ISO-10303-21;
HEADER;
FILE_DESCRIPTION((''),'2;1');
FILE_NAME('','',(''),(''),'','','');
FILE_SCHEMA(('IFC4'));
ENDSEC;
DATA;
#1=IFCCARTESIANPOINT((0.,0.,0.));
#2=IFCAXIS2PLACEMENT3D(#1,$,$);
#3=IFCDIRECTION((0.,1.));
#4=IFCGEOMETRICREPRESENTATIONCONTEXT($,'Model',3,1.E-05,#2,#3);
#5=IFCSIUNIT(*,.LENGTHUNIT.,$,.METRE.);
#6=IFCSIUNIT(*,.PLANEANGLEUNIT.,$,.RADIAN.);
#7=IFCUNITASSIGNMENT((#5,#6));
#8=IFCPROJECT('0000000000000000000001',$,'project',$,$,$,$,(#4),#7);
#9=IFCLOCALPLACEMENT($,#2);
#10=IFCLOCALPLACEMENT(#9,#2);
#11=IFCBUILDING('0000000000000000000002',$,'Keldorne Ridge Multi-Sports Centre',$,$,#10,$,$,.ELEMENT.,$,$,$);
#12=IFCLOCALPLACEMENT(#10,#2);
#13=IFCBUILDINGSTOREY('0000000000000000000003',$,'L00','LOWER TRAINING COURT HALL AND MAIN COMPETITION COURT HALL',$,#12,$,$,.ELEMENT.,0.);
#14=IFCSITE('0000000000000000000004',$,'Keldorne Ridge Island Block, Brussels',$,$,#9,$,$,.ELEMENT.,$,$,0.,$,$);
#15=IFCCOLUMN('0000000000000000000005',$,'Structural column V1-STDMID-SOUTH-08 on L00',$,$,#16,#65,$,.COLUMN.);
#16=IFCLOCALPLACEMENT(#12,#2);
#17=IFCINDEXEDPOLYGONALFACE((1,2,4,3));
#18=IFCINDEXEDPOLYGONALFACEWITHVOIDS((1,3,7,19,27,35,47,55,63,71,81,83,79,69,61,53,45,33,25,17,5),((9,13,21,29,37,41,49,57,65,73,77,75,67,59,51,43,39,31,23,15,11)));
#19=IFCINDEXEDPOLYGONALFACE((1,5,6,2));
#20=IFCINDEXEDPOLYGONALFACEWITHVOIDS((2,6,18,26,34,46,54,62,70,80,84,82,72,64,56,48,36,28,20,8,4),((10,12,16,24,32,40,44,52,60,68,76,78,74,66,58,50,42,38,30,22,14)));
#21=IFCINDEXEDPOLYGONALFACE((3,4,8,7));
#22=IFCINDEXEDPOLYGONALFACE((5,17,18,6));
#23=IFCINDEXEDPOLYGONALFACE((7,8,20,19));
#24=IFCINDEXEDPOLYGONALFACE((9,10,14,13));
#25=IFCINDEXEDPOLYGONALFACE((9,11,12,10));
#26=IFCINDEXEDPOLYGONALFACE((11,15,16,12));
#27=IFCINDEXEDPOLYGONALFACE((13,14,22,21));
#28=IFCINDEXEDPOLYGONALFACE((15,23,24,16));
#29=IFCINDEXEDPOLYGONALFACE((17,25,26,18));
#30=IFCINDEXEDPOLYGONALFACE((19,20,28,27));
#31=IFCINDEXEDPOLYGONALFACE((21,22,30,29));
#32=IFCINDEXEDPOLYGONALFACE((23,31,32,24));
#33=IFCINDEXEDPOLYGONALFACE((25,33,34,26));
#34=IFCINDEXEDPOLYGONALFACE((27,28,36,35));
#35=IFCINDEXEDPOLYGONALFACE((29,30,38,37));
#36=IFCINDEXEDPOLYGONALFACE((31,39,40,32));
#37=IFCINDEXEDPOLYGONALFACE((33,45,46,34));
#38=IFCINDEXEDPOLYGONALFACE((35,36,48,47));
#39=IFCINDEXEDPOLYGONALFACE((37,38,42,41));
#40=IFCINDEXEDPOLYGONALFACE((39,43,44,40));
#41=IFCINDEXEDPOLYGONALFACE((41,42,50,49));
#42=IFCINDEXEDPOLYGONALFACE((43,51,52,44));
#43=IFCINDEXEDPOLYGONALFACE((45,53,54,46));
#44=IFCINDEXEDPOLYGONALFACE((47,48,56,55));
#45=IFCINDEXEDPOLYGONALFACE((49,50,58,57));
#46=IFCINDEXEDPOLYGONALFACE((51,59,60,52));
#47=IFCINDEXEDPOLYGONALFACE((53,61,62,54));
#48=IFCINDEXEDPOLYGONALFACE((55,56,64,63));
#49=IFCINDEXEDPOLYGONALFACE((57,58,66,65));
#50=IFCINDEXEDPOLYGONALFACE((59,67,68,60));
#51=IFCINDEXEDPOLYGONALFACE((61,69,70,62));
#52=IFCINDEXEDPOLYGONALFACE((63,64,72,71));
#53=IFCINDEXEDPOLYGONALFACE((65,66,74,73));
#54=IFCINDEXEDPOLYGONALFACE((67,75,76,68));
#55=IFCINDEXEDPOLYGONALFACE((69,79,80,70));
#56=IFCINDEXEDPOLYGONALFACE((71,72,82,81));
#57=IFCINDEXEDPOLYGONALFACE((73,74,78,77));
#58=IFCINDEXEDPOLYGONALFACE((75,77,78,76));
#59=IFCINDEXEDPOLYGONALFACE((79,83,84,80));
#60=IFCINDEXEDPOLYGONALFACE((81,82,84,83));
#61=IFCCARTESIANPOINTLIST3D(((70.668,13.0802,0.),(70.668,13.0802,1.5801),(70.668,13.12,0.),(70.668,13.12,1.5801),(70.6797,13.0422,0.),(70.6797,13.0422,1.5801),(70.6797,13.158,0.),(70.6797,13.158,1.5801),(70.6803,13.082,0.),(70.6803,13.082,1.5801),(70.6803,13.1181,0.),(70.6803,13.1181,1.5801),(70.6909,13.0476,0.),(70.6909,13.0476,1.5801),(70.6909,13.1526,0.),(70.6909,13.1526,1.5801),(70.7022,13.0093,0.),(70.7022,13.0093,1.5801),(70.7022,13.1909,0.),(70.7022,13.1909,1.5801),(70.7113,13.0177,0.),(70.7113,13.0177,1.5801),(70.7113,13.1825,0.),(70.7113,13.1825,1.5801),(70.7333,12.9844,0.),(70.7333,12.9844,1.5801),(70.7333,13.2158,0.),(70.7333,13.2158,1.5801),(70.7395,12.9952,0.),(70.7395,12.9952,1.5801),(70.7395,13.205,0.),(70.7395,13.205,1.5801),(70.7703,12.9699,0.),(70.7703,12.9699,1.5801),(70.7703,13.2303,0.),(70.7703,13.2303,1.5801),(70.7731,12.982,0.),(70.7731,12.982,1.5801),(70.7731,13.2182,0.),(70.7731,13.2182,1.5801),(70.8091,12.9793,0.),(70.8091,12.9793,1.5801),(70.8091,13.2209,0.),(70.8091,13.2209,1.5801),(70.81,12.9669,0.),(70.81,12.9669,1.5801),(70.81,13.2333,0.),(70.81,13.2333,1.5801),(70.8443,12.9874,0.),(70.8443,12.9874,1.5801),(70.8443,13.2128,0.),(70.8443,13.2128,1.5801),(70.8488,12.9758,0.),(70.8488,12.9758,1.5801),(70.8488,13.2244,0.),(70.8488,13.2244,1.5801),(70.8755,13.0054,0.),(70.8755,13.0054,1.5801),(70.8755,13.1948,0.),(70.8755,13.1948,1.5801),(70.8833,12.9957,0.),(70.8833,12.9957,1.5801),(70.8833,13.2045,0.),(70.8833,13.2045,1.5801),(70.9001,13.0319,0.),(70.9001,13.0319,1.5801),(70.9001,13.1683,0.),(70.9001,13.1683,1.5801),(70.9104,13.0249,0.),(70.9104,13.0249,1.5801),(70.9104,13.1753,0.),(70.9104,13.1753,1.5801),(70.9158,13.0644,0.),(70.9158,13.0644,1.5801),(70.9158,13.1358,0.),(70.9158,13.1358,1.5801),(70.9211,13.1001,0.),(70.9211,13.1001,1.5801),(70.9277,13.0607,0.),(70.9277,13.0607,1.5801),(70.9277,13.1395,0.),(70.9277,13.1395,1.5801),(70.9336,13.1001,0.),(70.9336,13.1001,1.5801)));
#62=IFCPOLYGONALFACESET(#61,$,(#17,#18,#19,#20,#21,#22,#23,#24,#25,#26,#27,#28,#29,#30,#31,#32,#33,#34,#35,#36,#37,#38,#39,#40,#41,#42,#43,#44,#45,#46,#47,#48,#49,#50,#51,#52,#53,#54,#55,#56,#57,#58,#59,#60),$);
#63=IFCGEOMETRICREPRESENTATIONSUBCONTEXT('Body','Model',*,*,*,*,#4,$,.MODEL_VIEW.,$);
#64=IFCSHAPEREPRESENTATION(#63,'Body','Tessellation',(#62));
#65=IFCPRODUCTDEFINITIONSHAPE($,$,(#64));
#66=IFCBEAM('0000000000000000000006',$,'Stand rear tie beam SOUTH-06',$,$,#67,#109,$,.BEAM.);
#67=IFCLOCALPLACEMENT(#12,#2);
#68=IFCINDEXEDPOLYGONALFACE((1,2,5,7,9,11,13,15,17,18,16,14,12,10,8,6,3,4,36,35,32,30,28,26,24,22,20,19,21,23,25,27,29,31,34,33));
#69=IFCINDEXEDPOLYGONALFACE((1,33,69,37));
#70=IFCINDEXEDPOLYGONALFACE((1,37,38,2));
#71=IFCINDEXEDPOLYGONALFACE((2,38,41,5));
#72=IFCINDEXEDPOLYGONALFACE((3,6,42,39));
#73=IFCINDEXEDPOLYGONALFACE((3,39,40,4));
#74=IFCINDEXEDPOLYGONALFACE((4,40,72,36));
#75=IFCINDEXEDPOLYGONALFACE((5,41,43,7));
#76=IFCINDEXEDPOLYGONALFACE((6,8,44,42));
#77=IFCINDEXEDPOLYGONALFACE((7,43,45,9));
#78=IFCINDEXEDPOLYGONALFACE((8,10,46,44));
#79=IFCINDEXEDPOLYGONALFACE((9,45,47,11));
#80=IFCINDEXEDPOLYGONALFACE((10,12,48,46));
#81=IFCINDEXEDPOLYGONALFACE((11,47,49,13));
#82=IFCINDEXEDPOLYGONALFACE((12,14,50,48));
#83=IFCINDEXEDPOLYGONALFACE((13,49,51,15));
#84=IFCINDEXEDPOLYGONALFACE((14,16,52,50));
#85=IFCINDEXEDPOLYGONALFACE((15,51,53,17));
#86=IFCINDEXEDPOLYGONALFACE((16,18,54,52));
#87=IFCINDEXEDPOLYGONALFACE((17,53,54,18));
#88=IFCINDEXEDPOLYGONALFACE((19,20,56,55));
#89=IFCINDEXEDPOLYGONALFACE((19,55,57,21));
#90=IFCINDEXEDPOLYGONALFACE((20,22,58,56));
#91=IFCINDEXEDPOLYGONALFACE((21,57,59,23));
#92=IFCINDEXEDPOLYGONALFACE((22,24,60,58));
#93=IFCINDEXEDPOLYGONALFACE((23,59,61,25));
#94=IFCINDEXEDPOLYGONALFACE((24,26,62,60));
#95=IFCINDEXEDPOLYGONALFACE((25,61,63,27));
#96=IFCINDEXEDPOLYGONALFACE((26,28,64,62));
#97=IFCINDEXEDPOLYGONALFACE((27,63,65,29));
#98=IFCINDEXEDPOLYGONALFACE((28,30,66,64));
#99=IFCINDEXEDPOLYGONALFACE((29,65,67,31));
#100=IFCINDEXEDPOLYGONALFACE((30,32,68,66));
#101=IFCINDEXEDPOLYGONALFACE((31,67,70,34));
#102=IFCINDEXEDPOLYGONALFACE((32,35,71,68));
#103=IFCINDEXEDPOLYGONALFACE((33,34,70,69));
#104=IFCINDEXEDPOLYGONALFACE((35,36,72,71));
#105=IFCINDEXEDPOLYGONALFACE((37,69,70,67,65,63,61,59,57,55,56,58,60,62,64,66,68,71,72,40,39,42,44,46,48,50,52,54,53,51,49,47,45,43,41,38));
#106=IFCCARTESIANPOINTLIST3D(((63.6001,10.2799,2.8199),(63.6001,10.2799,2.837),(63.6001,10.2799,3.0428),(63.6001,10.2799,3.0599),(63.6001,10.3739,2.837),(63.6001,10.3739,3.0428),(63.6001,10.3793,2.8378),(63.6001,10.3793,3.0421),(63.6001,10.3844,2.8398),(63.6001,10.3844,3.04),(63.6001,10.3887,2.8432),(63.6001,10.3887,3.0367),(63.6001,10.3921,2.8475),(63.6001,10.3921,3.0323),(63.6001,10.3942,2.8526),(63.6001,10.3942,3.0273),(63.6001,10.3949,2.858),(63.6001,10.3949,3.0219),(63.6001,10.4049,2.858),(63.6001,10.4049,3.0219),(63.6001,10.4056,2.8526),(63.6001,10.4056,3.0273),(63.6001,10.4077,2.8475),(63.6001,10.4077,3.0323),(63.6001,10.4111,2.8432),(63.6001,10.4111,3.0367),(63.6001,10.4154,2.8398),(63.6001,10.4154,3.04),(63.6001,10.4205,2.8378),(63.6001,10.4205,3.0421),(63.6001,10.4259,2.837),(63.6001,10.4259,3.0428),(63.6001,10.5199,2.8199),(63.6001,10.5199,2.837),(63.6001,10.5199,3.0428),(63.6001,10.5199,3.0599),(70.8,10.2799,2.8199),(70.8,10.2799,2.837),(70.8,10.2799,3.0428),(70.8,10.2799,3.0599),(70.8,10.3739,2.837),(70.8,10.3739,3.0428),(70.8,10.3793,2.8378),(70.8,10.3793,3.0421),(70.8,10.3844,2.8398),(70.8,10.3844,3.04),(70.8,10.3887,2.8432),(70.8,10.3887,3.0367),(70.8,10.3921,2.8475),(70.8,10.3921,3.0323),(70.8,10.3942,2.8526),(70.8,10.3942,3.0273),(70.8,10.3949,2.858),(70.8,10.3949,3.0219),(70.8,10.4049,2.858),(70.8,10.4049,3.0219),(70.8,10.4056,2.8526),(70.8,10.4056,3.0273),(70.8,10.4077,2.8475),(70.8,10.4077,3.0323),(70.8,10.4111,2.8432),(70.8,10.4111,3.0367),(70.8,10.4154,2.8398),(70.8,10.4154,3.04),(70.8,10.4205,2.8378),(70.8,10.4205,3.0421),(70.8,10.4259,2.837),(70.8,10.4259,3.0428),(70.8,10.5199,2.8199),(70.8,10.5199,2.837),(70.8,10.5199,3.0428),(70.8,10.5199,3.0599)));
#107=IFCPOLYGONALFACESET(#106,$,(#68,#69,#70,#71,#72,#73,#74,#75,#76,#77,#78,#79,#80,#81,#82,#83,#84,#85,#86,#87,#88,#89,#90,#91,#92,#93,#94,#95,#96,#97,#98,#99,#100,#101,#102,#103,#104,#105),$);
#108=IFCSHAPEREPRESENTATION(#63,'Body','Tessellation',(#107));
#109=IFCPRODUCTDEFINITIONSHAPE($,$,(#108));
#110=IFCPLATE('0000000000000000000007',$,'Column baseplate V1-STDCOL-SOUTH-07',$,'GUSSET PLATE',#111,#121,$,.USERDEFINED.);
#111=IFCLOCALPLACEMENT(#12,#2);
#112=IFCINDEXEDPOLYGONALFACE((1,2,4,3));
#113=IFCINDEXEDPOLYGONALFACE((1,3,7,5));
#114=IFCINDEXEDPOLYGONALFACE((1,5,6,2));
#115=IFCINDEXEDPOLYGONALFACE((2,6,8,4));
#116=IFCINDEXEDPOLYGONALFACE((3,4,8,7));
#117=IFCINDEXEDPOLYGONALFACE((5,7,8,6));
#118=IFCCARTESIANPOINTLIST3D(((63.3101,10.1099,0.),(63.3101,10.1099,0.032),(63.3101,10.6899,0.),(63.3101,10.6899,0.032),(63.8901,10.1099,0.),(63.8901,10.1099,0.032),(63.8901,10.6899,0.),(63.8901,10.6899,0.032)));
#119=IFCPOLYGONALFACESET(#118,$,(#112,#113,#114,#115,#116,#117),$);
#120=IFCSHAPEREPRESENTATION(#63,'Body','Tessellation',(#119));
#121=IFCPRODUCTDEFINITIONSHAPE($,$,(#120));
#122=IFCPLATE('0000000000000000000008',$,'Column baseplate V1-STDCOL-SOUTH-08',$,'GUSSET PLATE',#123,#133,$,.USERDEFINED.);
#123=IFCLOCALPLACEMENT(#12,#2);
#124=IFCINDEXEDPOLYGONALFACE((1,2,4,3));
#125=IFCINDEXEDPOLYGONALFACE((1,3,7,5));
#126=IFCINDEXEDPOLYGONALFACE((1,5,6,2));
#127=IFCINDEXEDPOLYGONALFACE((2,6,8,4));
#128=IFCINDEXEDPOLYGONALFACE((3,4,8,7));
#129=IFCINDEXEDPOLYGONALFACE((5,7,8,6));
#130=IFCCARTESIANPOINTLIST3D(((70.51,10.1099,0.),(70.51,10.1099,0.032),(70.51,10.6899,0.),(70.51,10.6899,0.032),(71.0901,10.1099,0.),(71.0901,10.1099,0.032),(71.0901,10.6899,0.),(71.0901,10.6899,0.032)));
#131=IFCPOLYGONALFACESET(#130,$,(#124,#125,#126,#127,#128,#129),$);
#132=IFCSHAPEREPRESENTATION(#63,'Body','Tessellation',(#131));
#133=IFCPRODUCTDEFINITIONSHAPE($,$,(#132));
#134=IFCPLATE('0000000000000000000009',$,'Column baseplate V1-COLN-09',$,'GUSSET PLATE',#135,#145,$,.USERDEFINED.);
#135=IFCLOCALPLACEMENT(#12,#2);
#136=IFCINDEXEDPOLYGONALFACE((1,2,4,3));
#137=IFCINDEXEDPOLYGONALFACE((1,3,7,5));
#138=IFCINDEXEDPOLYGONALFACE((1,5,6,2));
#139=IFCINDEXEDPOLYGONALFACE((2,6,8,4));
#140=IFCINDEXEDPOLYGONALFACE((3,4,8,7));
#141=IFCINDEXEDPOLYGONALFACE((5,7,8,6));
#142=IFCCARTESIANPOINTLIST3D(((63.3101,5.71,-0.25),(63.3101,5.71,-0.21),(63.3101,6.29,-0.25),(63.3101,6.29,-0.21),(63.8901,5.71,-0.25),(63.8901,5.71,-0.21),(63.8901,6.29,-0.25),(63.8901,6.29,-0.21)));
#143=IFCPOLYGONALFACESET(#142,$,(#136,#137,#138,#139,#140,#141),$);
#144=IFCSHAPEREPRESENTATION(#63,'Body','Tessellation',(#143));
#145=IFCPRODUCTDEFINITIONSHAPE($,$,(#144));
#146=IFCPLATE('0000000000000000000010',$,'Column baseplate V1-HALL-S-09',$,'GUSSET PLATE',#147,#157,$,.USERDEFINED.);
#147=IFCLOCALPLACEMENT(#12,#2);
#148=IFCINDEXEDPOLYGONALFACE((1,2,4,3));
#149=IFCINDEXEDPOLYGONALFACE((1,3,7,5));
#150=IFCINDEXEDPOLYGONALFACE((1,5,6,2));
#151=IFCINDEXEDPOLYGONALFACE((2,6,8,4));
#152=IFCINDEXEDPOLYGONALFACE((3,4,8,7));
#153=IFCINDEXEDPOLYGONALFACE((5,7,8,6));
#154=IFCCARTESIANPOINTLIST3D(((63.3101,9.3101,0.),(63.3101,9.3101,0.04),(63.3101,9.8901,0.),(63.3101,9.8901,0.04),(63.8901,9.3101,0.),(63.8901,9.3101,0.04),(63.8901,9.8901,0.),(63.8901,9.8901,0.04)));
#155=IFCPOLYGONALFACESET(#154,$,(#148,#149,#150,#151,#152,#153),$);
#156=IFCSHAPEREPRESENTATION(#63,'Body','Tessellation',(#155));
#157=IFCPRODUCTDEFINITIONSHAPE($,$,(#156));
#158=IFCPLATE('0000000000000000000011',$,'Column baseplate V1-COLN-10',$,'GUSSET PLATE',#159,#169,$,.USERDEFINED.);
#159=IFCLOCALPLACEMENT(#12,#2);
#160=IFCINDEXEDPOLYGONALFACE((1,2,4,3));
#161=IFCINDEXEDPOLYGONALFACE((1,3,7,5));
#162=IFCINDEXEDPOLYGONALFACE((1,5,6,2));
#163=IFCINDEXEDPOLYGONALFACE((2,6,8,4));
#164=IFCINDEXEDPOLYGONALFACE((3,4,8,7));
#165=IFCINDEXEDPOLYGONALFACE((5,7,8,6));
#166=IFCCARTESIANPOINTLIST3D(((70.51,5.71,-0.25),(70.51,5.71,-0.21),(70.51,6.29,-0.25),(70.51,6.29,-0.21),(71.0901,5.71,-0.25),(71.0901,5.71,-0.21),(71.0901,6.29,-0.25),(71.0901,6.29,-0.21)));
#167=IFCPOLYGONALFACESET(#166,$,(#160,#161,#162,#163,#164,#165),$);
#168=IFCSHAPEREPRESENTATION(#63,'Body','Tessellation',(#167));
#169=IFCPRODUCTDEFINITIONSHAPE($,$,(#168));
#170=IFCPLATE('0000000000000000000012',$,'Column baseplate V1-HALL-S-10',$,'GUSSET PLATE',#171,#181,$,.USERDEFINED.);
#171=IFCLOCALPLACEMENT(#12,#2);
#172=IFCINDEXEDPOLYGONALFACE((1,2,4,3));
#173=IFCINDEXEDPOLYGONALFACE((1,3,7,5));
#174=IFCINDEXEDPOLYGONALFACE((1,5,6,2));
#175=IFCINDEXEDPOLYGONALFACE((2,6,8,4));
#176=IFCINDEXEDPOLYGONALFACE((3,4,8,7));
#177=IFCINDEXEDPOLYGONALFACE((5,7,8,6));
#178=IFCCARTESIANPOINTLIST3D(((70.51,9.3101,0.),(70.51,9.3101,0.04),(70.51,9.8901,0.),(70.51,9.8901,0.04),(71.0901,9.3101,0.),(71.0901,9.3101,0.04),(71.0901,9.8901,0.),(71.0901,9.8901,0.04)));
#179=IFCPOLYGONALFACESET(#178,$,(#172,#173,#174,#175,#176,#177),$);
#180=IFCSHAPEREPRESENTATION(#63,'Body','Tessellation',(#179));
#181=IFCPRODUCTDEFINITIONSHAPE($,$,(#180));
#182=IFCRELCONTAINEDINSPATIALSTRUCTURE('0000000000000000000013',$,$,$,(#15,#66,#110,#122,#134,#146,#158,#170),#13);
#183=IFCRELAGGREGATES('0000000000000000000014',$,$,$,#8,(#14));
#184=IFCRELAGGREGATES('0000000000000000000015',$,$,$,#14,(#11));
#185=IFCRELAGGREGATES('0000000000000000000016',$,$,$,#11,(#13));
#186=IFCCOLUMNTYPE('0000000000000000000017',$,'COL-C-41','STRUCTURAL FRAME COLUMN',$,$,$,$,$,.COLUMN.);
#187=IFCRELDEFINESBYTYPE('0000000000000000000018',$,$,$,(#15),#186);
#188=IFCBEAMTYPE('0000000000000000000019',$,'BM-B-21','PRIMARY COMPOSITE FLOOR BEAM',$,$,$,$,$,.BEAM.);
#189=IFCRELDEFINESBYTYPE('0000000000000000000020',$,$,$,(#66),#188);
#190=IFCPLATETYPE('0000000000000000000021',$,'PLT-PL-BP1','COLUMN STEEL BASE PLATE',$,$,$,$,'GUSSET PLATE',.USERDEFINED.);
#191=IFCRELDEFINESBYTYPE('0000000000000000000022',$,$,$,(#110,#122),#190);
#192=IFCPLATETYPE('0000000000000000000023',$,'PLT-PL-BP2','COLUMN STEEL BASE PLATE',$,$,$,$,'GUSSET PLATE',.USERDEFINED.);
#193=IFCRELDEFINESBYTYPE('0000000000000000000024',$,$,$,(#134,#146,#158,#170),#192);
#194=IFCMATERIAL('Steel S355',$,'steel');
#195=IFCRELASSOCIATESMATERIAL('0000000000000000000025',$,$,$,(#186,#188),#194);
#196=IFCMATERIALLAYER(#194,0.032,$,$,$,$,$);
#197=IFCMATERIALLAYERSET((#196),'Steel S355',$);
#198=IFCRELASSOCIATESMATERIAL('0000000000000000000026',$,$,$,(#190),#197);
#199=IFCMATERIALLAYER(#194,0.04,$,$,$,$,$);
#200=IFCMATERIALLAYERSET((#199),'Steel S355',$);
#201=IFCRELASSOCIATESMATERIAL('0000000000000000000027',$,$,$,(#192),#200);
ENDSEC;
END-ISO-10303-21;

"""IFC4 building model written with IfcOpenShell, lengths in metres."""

from ifc_helpers import new_model, si_unit, direction, frame, origin, origin_2d, place, context, subcontext, project, spatial, rectangle, hollow_circle, i_section, extrude, material, layer, layer_set, material_profile, profile_set, type_object, element, save


model = new_model("IFC4")

# Units and contexts
model_context = context("Model", 3, precision=1e-05, world=origin(), true_north=direction((0.0, 1.0)))
body_context = subcontext(model_context, "Body", "Model", "MODEL_VIEW")
ifc_project = project(units=[si_unit("LENGTHUNIT", "METRE"), si_unit("PLANEANGLEUNIT", "RADIAN")], contexts=[model_context])

# Site, building, storey
site_placement = place(None, origin())
site = spatial("IfcSite", under=ifc_project, at=site_placement, Name="Keldorne Ridge Island Block, Brussels", CompositionType="ELEMENT", RefElevation=0.0)
building_placement = place(site_placement, origin())
building = spatial("IfcBuilding", under=site, at=building_placement, Name="Keldorne Ridge Multi-Sports Centre", CompositionType="ELEMENT")
storey_placement = place(building_placement, origin())
storey = spatial("IfcBuildingStorey", under=building, at=storey_placement, Name="L00", Description="LOWER TRAINING COURT HALL AND MAIN COMPETITION COURT HALL", CompositionType="ELEMENT", Elevation=0.0)

# Column
ifc_material_1 = material(Name="Steel S355", Category="steel")
ifc_material_profile_1 = material_profile(ifc_material_1, hollow_circle(Radius=0.1335, WallThickness=0.0125, at=origin_2d()), Name="CHS 267x12.5")
ifc_profile_set_1 = profile_set([ifc_material_profile_1], Name="Steel S355")
column_type_1 = type_object("IfcColumnType", Name="COL-C-41", Description="STRUCTURAL FRAME COLUMN", PredefinedType="COLUMN", material=ifc_profile_set_1)
for number, where, z_axis, x_axis, name in (
    (1, (70.8, 13.1001, 0.0), (0.0, 0.0, 1.0), (1.0, 0.0, 0.0), "Structural column V1-STDMID-SOUTH-08 on L00"),
):
    element("IfcColumn", number, at=place(storey_placement, frame(where, z_axis=z_axis, x_axis=x_axis)), inside=storey, type_object=column_type_1, Name=name, PredefinedType="COLUMN", context=body_context, shape_type="SweptSolid", body=[
        extrude(hollow_circle(Radius=0.1335, WallThickness=0.0125, at=origin_2d()), origin(), (0.0, 0.0, 1.0), 1.5801),
    ])

# Beam
ifc_material_profile_2 = material_profile(ifc_material_1, i_section(OverallWidth=0.24, OverallDepth=0.24, WebThickness=0.01, FlangeThickness=0.0171, FilletRadius=0.021, at=origin_2d()), Name="HEB 240")
ifc_profile_set_2 = profile_set([ifc_material_profile_2], Name="Steel S355")
beam_type = type_object("IfcBeamType", Name="BM-B-21", Description="PRIMARY COMPOSITE FLOOR BEAM", PredefinedType="BEAM", material=ifc_profile_set_2)
beam_placement = place(storey_placement, frame((63.6001, 10.3999, 2.9399), z_axis=(1.0, 0.0, 0.0), x_axis=(0.0, 1.0, 0.0)))
element("IfcBeam", 2, at=beam_placement, inside=storey, type_object=beam_type, Name="Stand rear tie beam SOUTH-06", PredefinedType="BEAM", context=body_context, shape_type="SweptSolid", body=[
    extrude(i_section(OverallWidth=0.24, OverallDepth=0.24, WebThickness=0.01, FlangeThickness=0.0171, FilletRadius=0.021, at=origin_2d()), origin(), (0.0, 0.0, 1.0), 7.2),
])

# Plates
ifc_layer_1 = layer(ifc_material_1, 0.032)
ifc_layer_set_1 = layer_set([ifc_layer_1], Name="Steel S355")
plate_type_1 = type_object("IfcPlateType", Name="PLT-PL-BP1", Description="COLUMN STEEL BASE PLATE", ElementType="GUSSET PLATE", PredefinedType="USERDEFINED", material=ifc_layer_set_1)
for number, where, z_axis, x_axis, name in (
    (3, (63.6001, 10.3999, 0.0), (0.0, 0.0, 1.0), (1.0, 0.0, 0.0), "Column baseplate V1-STDCOL-SOUTH-07"),
    (4, (70.8, 10.3999, 0.0), (0.0, 0.0, 1.0), (1.0, 0.0, 0.0), "Column baseplate V1-STDCOL-SOUTH-08"),
):
    element("IfcPlate", number, at=place(storey_placement, frame(where, z_axis=z_axis, x_axis=x_axis)), inside=storey, type_object=plate_type_1, Name=name, ObjectType="GUSSET PLATE", PredefinedType="USERDEFINED", context=body_context, shape_type="SweptSolid", body=[
        extrude(rectangle(XDim=0.5801, YDim=0.5801, at=origin_2d()), origin(), (0.0, 0.0, 1.0), 0.032),
    ])
ifc_layer_2 = layer(ifc_material_1, 0.04)
ifc_layer_set_2 = layer_set([ifc_layer_2], Name="Steel S355")
plate_type_2 = type_object("IfcPlateType", Name="PLT-PL-BP2", Description="COLUMN STEEL BASE PLATE", ElementType="GUSSET PLATE", PredefinedType="USERDEFINED", material=ifc_layer_set_2)
for number, where, z_axis, x_axis, name in (
    (5, (63.6001, 6.0, -0.25), (0.0, 0.0, 1.0), (1.0, 0.0, 0.0), "Column baseplate V1-COLN-09"),
    (6, (63.6001, 9.6001, 0.0), (0.0, 0.0, 1.0), (1.0, 0.0, 0.0), "Column baseplate V1-HALL-S-09"),
    (7, (70.8, 6.0, -0.25), (0.0, 0.0, 1.0), (1.0, 0.0, 0.0), "Column baseplate V1-COLN-10"),
    (8, (70.8, 9.6001, 0.0), (0.0, 0.0, 1.0), (1.0, 0.0, 0.0), "Column baseplate V1-HALL-S-10"),
):
    element("IfcPlate", number, at=place(storey_placement, frame(where, z_axis=z_axis, x_axis=x_axis)), inside=storey, type_object=plate_type_2, Name=name, ObjectType="GUSSET PLATE", PredefinedType="USERDEFINED", context=body_context, shape_type="SweptSolid", body=[
        extrude(rectangle(XDim=0.5801, YDim=0.5801, at=origin_2d()), origin(), (0.0, 0.0, 1.0), 0.04),
    ])

save(model, "model.ifc")
